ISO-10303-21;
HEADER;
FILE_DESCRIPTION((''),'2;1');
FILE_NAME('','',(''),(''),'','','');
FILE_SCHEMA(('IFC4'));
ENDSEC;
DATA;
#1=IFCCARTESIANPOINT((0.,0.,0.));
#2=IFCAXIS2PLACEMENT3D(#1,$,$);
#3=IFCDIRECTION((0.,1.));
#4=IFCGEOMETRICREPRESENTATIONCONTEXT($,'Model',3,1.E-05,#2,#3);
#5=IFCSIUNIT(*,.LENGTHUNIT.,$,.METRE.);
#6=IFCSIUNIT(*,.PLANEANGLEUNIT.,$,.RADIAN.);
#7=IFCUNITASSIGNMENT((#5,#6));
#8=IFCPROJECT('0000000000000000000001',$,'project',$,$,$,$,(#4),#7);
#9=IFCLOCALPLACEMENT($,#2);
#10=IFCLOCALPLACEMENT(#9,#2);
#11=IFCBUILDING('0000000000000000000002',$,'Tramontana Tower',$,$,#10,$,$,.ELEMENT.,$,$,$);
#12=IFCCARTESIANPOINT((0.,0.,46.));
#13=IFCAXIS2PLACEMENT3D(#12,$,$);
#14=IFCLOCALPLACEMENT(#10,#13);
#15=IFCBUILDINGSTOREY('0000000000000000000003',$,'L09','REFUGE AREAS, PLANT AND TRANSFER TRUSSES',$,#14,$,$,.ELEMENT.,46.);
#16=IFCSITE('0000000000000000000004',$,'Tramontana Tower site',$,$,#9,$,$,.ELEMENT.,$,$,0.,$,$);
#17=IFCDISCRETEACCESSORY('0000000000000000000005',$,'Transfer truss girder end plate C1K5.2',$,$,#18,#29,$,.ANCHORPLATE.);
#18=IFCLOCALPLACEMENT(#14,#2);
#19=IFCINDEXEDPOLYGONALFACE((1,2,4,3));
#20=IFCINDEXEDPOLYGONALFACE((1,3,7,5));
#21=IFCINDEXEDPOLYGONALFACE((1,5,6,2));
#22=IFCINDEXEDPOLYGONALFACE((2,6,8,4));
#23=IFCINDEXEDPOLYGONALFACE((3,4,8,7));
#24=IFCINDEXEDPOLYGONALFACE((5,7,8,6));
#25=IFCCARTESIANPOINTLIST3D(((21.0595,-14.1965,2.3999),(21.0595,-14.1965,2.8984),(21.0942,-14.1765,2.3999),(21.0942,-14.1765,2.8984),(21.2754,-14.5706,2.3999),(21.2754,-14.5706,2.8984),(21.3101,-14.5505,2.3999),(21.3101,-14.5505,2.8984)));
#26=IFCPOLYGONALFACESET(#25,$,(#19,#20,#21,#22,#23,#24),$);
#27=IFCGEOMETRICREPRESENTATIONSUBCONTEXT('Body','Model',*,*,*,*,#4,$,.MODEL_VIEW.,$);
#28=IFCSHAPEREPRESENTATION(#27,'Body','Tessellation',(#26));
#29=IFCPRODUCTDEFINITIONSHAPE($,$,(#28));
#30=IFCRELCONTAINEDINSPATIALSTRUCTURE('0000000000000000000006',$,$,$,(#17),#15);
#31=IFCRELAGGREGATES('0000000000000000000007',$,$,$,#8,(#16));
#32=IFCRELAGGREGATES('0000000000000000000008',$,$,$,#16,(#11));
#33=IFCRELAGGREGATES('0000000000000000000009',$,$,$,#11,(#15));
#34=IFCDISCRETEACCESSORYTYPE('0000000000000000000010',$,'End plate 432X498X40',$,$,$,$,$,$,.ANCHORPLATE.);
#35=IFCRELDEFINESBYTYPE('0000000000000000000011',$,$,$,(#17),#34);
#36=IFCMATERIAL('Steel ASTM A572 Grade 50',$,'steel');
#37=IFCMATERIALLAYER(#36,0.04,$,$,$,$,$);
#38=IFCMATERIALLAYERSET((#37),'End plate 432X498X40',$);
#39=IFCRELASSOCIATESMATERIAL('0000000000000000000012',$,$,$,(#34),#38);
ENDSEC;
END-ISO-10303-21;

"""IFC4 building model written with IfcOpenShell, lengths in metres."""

from ifc_helpers import new_model, si_unit, direction, frame, origin, origin_2d, place, context, subcontext, project, spatial, rectangle, extrude, material, layer, layer_set, type_object, element, save


model = new_model("IFC4")

# Units and contexts
model_context = context("Model", 3, precision=1e-05, world=origin(), true_north=direction((0.0, 1.0)))
body_context = subcontext(model_context, "Body", "Model", "MODEL_VIEW")
ifc_project = project(units=[si_unit("LENGTHUNIT", "METRE"), si_unit("PLANEANGLEUNIT", "RADIAN")], contexts=[model_context])

# Site, building, storey
site_placement = place(None, origin())
site = spatial("IfcSite", under=ifc_project, at=site_placement, Name="Tramontana Tower site", CompositionType="ELEMENT", RefElevation=0.0)
building_placement = place(site_placement, origin())
building = spatial("IfcBuilding", under=site, at=building_placement, Name="Tramontana Tower", CompositionType="ELEMENT")
storey_placement = place(building_placement, frame((0.0, 0.0, 46.0)))
storey = spatial("IfcBuildingStorey", under=building, at=storey_placement, Name="L09", Description="REFUGE AREAS, PLANT AND TRANSFER TRUSSES", CompositionType="ELEMENT", Elevation=46.0)

# Discrete accessory
ifc_material_1 = material(Name="Steel ASTM A572 Grade 50", Category="steel")
ifc_layer_1 = layer(ifc_material_1, 0.04)
ifc_layer_set_1 = layer_set([ifc_layer_1], Name="End plate 432X498X40")
discrete_accessory_type_1 = type_object("IfcDiscreteAccessoryType", Name="End plate 432X498X40", PredefinedType="ANCHORPLATE", material=ifc_layer_set_1)
discrete_accessory_1_placement = place(storey_placement, frame((21.1848, -14.3735, 2.3999), z_axis=(0.0, 0.0, 1.0), x_axis=(-0.5, 0.866025, 0.0)))
element("IfcDiscreteAccessory", 1, at=discrete_accessory_1_placement, inside=storey, type_object=discrete_accessory_type_1, Name="Transfer truss girder end plate C1K5.2", PredefinedType="ANCHORPLATE", context=body_context, shape_type="SweptSolid", body=[
    extrude(rectangle(XDim=0.4319, YDim=0.04, at=origin_2d()), origin(), (0.0, 0.0, 1.0), 0.4985),
])

save(model, "model.ifc")
